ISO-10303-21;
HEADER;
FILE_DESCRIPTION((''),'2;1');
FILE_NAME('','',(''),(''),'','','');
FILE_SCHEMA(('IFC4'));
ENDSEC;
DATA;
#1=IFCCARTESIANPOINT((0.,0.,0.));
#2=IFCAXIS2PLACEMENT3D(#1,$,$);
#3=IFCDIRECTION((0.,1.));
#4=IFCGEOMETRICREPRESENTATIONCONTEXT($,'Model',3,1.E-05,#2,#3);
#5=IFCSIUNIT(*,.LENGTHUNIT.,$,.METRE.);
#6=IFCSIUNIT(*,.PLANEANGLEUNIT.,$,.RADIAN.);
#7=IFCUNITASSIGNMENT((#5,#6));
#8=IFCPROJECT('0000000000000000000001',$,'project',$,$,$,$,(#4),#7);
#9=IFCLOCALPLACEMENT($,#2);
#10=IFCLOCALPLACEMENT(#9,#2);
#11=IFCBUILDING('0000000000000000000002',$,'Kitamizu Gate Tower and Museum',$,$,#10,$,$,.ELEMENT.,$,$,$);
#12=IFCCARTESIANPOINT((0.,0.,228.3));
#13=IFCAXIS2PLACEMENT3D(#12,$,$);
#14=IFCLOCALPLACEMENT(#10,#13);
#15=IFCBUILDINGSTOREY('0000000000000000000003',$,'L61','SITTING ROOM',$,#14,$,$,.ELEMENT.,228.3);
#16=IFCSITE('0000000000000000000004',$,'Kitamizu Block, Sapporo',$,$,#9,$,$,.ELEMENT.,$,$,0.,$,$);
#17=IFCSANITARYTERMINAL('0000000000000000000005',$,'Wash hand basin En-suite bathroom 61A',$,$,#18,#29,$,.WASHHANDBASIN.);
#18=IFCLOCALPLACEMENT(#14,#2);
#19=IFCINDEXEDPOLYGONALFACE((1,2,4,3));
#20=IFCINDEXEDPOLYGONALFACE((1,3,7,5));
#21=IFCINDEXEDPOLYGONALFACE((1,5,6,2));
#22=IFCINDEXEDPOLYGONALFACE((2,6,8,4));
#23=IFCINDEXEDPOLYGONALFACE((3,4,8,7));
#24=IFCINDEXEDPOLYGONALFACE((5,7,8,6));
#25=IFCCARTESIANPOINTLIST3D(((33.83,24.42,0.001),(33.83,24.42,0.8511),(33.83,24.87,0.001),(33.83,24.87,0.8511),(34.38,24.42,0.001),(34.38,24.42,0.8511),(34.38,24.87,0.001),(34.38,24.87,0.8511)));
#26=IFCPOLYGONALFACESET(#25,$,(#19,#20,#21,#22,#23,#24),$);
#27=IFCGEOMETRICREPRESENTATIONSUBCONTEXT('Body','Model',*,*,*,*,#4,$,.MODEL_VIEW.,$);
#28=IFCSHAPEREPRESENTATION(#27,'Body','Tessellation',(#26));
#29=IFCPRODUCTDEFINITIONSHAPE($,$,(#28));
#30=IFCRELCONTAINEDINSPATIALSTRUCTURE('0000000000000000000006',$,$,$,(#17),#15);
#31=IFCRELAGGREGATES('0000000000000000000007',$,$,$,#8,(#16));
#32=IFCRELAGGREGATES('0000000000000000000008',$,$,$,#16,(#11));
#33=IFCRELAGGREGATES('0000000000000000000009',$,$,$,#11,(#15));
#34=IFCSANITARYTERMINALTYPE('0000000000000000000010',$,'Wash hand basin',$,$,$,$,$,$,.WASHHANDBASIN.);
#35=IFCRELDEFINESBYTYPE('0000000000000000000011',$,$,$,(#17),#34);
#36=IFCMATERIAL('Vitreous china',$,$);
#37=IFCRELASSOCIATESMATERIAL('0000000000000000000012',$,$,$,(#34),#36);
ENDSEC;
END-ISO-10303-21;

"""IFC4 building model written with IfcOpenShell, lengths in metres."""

from ifc_helpers import new_model, si_unit, direction, frame, origin, origin_2d, place, context, subcontext, project, spatial, rectangle, extrude, material, type_object, element, save


model = new_model("IFC4")

# Units and contexts
model_context = context("Model", 3, precision=1e-05, world=origin(), true_north=direction((0.0, 1.0)))
body_context = subcontext(model_context, "Body", "Model", "MODEL_VIEW")
ifc_project = project(units=[si_unit("LENGTHUNIT", "METRE"), si_unit("PLANEANGLEUNIT", "RADIAN")], contexts=[model_context])

# Site, building, storey
site_placement = place(None, origin())
site = spatial("IfcSite", under=ifc_project, at=site_placement, Name="Kitamizu Block, Sapporo", CompositionType="ELEMENT", RefElevation=0.0)
building_placement = place(site_placement, origin())
building = spatial("IfcBuilding", under=site, at=building_placement, Name="Kitamizu Gate Tower and Museum", CompositionType="ELEMENT")
storey_placement = place(building_placement, frame((0.0, 0.0, 228.3)))
storey = spatial("IfcBuildingStorey", under=building, at=storey_placement, Name="L61", Description="SITTING ROOM", CompositionType="ELEMENT", Elevation=228.3)

# Sanitary terminal
ifc_material_1 = material(Name="Vitreous china")
sanitary_terminal_type_1 = type_object("IfcSanitaryTerminalType", Name="Wash hand basin", PredefinedType="WASHHANDBASIN", material=ifc_material_1)
sanitary_terminal_1_placement = place(storey_placement, frame((34.105, 24.645, 0.001), z_axis=(0.0, 0.0, 1.0), x_axis=(1.0, 0.0, 0.0)))
element("IfcSanitaryTerminal", 1, at=sanitary_terminal_1_placement, inside=storey, type_object=sanitary_terminal_type_1, Name="Wash hand basin En-suite bathroom 61A", PredefinedType="WASHHANDBASIN", context=body_context, shape_type="SweptSolid", body=[
    extrude(rectangle(XDim=0.55, YDim=0.45, at=origin_2d()), origin(), (0.0, 0.0, 1.0), 0.8501),
])

save(model, "model.ifc")
